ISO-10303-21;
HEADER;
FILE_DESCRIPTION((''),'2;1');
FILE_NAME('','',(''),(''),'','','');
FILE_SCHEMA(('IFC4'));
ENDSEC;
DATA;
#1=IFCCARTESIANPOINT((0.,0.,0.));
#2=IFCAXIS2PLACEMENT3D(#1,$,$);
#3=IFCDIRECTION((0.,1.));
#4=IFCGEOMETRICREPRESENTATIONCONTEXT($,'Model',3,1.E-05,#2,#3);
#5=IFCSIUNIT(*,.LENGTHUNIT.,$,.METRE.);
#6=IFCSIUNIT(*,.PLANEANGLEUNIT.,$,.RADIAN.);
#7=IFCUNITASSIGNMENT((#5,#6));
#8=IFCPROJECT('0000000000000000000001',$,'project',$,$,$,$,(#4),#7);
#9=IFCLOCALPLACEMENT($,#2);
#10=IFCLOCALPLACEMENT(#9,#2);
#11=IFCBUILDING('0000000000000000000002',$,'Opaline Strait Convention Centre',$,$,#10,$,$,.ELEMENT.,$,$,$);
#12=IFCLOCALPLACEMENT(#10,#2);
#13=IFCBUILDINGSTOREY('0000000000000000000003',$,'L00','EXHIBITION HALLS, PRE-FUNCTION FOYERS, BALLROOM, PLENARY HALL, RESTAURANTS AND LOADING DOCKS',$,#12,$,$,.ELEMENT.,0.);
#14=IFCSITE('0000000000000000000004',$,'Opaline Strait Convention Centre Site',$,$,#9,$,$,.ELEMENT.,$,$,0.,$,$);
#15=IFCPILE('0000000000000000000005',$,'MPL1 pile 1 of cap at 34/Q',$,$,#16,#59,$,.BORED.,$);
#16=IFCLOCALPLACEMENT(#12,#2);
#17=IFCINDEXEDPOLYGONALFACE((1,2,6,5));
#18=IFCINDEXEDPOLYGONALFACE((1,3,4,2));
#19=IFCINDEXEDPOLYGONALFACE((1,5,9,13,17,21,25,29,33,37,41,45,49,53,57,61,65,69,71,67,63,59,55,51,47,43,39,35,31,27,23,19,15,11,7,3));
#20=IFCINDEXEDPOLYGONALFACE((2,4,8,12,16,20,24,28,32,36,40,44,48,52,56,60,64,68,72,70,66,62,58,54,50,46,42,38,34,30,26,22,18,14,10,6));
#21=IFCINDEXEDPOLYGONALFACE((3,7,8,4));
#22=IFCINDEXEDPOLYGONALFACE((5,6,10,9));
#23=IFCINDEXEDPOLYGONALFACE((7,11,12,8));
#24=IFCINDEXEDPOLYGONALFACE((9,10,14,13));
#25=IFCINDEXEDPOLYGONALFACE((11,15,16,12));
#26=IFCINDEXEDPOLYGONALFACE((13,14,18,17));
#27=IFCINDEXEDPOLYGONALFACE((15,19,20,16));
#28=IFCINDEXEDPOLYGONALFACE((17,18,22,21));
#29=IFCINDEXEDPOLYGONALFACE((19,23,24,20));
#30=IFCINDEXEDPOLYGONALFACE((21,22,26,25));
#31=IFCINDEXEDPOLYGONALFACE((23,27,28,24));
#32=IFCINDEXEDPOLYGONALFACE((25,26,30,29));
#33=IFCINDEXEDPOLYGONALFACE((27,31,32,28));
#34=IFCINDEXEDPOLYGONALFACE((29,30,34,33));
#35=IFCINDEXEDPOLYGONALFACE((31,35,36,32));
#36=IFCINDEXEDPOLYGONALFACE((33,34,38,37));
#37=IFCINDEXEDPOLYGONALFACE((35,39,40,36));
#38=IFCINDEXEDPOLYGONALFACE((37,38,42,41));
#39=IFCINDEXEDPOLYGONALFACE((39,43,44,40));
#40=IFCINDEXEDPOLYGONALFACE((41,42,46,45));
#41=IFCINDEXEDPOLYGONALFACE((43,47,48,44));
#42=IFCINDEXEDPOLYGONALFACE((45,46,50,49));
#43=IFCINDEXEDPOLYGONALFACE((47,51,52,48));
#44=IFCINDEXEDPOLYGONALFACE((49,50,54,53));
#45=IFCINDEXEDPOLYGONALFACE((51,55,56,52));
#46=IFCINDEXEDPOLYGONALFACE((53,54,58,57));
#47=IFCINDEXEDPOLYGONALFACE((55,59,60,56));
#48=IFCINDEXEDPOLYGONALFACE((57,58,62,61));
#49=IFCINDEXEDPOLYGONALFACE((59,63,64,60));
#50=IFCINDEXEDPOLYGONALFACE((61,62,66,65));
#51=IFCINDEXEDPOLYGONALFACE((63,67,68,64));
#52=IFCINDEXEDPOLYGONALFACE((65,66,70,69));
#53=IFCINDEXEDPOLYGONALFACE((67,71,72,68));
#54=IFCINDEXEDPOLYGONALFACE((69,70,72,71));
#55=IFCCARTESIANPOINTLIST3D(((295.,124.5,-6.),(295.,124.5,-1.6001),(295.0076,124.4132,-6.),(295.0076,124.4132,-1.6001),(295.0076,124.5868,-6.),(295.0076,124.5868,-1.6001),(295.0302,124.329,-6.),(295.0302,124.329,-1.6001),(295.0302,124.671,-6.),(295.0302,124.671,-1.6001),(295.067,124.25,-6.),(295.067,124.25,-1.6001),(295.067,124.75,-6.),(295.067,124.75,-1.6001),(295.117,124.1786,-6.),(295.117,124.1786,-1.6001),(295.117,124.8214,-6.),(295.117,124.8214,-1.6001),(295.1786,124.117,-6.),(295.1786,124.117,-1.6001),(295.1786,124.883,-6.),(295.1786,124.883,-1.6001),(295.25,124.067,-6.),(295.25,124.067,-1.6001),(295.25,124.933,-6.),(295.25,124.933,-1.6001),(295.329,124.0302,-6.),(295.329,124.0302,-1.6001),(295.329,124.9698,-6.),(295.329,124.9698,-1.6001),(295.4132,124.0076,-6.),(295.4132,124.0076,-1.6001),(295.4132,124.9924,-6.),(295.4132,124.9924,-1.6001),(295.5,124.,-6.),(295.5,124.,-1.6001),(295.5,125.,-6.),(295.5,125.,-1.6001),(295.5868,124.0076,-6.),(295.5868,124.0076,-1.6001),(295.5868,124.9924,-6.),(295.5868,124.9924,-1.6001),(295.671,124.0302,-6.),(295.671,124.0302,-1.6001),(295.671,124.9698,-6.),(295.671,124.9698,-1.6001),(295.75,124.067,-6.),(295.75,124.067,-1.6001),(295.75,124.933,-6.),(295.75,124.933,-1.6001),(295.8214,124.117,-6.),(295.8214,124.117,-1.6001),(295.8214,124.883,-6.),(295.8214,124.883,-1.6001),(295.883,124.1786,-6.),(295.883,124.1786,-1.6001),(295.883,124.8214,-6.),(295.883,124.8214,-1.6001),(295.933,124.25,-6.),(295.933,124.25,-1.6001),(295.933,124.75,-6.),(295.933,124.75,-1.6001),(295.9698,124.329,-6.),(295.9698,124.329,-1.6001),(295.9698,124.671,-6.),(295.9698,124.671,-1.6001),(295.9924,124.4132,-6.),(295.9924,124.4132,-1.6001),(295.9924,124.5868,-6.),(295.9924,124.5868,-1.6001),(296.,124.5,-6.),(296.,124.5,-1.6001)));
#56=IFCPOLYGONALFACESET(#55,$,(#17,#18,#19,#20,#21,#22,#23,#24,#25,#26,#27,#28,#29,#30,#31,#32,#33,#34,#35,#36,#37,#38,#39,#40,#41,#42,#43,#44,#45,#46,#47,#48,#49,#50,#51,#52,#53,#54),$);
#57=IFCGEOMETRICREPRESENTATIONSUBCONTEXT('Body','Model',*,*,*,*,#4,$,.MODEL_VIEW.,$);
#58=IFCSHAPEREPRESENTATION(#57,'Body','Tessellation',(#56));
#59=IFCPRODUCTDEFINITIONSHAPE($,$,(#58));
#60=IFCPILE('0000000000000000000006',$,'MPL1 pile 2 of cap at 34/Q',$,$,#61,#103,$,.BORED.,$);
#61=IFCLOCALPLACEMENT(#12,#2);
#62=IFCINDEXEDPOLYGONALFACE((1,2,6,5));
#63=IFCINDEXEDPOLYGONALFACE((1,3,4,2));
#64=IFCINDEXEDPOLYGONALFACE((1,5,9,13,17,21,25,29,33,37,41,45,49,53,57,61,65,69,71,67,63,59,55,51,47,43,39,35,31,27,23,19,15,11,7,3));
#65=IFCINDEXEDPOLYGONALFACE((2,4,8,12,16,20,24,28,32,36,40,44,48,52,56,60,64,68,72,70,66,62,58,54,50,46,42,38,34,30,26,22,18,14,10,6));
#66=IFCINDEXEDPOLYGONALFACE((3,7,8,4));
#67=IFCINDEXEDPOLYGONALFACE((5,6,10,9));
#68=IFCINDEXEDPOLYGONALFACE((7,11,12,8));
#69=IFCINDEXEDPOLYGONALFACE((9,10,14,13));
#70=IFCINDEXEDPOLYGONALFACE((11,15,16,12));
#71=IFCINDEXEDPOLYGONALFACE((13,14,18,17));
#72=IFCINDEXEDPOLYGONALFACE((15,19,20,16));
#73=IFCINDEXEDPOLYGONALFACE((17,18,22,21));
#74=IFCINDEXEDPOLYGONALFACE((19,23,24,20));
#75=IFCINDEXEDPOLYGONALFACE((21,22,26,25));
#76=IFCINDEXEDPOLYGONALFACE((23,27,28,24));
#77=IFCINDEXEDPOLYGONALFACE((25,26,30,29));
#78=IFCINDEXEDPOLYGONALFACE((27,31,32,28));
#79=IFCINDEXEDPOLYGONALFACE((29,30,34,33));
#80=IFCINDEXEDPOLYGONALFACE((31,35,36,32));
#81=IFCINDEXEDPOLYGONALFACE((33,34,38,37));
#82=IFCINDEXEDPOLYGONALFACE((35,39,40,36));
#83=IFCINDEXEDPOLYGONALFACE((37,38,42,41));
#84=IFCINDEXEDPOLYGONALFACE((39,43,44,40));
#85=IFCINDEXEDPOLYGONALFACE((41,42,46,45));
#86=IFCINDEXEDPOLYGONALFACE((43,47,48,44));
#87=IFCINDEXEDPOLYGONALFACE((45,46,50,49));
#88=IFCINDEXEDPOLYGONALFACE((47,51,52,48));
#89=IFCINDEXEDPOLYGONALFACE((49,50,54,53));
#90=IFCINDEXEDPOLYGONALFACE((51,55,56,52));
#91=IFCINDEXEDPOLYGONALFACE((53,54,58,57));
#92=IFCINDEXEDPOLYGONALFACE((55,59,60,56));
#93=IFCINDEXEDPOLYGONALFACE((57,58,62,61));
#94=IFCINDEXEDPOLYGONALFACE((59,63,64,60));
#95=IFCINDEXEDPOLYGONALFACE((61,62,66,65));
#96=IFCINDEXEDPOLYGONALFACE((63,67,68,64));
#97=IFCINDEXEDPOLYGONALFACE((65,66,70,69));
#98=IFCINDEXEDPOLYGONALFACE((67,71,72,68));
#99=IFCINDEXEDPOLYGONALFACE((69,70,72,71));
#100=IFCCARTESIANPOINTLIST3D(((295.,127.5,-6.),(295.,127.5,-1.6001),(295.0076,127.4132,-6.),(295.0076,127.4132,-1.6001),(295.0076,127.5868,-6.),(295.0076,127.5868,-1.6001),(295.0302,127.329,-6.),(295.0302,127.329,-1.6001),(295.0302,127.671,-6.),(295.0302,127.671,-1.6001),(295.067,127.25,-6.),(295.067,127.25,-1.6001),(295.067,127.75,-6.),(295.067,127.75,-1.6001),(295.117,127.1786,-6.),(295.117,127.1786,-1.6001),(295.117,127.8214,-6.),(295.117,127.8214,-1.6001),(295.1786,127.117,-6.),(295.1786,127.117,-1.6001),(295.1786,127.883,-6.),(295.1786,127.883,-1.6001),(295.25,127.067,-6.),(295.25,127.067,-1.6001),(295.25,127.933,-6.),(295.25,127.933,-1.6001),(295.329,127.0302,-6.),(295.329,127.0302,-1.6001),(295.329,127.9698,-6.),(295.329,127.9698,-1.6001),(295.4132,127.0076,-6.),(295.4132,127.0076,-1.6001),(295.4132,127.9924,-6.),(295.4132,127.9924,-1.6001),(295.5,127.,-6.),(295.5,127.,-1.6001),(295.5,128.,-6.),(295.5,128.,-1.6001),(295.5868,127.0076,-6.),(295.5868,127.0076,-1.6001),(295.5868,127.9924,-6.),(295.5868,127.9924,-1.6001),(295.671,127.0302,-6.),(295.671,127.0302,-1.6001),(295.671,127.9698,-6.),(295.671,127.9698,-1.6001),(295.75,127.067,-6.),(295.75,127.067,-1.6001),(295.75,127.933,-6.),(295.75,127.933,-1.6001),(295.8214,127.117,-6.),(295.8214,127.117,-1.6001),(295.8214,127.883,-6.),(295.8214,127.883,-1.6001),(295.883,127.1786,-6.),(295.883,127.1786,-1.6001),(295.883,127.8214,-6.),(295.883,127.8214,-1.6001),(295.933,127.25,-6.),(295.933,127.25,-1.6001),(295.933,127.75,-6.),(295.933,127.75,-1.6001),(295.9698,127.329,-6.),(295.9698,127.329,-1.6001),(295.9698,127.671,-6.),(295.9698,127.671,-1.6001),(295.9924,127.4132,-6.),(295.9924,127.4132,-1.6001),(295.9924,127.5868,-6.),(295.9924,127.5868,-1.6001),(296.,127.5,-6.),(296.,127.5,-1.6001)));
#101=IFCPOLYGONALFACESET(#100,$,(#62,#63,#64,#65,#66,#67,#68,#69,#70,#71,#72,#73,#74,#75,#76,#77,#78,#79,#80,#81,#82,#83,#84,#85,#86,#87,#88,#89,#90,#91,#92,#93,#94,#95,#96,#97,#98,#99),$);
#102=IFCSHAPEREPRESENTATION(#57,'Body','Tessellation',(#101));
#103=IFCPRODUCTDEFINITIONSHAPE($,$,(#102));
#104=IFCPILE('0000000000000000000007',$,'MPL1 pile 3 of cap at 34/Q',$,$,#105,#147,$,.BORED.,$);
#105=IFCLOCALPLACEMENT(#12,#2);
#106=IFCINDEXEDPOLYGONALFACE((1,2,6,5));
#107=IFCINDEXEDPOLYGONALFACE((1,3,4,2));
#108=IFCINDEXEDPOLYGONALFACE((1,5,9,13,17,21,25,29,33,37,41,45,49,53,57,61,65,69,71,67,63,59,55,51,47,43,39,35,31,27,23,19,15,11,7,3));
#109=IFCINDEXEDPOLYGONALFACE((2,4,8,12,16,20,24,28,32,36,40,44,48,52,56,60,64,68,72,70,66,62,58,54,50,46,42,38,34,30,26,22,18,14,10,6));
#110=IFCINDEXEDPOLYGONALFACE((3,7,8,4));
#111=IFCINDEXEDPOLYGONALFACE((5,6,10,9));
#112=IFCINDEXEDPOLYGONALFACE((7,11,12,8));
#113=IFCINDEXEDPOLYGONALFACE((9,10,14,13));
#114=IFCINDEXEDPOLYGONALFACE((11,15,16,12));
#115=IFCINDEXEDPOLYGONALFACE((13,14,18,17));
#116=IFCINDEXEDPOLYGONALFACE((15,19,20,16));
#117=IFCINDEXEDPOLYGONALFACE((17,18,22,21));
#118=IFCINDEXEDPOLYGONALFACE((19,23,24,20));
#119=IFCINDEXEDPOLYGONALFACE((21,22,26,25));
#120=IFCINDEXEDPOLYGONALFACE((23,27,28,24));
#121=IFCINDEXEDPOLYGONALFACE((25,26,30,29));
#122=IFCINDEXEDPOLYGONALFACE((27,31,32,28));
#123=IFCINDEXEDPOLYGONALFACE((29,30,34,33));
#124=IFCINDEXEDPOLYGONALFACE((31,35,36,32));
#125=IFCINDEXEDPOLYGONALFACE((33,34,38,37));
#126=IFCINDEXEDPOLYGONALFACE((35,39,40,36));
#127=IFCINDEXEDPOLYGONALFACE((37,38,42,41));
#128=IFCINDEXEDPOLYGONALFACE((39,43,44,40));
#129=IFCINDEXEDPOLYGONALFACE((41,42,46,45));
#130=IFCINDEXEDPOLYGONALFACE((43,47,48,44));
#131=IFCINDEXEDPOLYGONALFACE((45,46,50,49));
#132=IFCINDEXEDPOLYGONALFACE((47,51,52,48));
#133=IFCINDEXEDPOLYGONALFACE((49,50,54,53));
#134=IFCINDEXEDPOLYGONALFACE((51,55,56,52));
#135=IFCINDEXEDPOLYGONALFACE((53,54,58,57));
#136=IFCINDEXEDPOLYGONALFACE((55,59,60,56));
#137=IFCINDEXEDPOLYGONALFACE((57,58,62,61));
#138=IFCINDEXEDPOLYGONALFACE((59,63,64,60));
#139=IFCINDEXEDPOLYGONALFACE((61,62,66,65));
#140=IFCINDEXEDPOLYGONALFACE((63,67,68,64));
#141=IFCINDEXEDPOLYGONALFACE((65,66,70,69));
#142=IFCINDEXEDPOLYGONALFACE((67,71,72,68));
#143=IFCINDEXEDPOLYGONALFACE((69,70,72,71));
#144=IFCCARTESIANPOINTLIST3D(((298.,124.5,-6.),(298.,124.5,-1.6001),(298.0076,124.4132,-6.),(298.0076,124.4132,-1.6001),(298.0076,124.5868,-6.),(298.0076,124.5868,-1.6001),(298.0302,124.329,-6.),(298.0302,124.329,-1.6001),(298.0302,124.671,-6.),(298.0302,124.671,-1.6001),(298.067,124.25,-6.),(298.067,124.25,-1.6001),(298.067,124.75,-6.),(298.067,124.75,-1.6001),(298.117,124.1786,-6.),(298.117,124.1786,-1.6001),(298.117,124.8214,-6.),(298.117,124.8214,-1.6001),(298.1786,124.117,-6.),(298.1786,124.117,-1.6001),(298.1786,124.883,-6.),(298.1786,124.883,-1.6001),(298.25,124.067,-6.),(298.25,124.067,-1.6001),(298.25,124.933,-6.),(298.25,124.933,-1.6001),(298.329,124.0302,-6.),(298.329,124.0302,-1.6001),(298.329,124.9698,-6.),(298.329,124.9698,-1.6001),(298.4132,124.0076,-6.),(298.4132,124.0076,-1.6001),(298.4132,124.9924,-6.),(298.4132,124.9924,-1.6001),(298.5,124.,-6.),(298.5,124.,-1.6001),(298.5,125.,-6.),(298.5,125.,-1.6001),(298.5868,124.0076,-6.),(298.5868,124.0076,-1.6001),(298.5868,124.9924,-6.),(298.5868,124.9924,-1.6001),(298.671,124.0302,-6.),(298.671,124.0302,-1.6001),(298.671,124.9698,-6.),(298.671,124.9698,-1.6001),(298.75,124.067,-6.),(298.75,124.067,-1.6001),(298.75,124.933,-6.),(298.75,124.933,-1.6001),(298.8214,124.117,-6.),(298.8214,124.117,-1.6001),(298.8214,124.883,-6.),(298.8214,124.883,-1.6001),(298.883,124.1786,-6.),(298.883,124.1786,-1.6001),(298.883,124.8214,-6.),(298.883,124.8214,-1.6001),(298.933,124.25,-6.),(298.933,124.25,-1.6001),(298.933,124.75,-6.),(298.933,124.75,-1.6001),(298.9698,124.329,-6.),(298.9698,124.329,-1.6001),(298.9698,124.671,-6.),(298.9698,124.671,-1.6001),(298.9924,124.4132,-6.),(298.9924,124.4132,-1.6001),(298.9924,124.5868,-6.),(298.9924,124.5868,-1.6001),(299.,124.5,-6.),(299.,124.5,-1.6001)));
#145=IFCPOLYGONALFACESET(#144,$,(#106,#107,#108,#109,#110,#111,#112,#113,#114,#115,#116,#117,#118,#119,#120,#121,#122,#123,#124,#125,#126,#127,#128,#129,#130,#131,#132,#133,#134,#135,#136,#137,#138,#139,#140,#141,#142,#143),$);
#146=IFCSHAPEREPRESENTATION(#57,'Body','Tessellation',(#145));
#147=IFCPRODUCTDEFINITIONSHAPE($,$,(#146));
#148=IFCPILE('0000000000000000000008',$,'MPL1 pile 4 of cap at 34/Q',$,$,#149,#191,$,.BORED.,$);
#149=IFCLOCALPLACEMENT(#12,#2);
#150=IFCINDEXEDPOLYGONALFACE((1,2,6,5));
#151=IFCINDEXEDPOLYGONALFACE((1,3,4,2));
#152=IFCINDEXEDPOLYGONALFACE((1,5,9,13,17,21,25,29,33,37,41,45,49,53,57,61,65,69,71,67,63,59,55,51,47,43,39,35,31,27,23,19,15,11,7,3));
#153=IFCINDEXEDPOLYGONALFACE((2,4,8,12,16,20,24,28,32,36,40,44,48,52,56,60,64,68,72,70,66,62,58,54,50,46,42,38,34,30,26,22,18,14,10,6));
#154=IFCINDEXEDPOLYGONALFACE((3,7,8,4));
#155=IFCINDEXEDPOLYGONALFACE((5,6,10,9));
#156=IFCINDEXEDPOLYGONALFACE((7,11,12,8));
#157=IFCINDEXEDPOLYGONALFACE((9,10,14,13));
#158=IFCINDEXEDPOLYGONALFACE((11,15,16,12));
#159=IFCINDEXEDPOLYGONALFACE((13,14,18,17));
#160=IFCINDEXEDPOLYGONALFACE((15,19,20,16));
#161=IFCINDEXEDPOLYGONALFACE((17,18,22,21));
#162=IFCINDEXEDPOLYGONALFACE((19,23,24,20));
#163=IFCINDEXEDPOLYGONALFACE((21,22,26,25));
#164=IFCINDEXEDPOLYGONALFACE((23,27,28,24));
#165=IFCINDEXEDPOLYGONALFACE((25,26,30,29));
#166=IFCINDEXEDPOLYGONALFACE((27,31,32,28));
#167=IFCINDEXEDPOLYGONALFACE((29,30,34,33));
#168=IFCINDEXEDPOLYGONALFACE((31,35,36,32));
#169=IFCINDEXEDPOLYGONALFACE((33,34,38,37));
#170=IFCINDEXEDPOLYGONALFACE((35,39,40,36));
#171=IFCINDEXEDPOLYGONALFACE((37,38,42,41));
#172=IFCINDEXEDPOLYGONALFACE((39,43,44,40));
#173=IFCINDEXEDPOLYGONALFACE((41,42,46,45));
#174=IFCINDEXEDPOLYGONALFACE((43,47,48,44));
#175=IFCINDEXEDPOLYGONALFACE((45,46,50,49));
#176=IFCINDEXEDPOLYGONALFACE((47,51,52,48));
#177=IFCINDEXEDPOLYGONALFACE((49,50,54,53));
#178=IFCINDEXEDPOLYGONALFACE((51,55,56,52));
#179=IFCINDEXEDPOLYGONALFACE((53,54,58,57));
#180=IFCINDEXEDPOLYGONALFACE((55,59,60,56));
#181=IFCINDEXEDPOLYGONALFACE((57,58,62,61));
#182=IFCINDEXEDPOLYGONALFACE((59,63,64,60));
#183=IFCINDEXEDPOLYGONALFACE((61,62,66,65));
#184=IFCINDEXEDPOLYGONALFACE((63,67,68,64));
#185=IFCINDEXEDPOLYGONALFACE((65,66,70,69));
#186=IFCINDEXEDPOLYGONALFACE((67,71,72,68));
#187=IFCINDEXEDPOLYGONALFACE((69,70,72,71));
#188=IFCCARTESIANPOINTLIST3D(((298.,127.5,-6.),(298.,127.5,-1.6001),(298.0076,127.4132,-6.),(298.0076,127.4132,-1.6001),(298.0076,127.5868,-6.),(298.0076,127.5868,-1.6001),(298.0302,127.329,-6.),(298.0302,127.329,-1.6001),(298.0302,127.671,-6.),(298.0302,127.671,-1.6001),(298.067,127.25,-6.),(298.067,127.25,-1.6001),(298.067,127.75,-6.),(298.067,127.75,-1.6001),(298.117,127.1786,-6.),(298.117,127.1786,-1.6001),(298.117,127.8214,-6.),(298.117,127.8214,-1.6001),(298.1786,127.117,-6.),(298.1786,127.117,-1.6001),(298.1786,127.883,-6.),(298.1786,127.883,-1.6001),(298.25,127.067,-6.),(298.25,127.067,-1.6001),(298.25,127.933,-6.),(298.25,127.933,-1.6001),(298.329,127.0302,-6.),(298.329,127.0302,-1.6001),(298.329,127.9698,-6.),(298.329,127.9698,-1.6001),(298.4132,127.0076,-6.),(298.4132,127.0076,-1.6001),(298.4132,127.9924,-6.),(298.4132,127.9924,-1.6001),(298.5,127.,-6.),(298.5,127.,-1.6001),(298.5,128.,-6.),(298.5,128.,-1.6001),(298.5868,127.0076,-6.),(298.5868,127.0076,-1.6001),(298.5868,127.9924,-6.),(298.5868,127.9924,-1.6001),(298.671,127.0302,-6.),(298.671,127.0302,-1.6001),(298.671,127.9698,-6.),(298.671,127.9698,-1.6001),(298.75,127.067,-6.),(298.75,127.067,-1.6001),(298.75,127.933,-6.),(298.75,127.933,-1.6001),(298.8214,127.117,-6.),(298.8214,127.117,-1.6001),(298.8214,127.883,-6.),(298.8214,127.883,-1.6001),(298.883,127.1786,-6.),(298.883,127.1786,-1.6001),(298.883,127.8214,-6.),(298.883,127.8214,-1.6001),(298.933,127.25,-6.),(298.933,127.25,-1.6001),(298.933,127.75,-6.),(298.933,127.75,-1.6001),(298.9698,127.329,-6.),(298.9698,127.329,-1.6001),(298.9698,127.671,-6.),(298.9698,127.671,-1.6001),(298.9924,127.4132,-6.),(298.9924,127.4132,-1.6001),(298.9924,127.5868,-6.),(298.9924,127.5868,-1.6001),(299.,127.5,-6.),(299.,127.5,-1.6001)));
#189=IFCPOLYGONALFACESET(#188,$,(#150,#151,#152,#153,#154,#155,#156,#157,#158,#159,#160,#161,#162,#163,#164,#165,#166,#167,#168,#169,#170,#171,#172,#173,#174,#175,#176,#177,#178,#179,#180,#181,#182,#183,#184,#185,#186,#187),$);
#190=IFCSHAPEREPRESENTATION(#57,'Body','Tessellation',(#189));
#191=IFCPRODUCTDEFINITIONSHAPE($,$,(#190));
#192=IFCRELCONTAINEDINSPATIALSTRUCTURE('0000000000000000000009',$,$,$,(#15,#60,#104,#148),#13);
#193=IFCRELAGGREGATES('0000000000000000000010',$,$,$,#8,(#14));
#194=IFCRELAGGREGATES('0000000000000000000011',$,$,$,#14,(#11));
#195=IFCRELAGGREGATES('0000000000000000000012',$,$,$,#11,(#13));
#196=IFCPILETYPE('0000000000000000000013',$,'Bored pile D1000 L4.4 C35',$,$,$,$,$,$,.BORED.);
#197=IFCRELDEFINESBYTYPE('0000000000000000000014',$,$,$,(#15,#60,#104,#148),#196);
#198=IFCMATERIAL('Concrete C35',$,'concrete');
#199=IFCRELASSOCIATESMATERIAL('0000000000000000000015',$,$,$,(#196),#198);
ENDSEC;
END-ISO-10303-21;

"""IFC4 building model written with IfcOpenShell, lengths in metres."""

from ifc_helpers import new_model, si_unit, direction, frame, origin, origin_2d, place, context, subcontext, project, spatial, circle, extrude, material, material_profile, profile_set, type_object, element, save


model = new_model("IFC4")

# Units and contexts
model_context = context("Model", 3, precision=1e-05, world=origin(), true_north=direction((0.0, 1.0)))
body_context = subcontext(model_context, "Body", "Model", "MODEL_VIEW")
ifc_project = project(units=[si_unit("LENGTHUNIT", "METRE"), si_unit("PLANEANGLEUNIT", "RADIAN")], contexts=[model_context])

# Site, building, storey
site_placement = place(None, origin())
site = spatial("IfcSite", under=ifc_project, at=site_placement, Name="Opaline Strait Convention Centre Site", CompositionType="ELEMENT", RefElevation=0.0)
building_placement = place(site_placement, origin())
building = spatial("IfcBuilding", under=site, at=building_placement, Name="Opaline Strait Convention Centre", CompositionType="ELEMENT")
storey_placement = place(building_placement, origin())
storey = spatial("IfcBuildingStorey", under=building, at=storey_placement, Name="L00", Description="EXHIBITION HALLS, PRE-FUNCTION FOYERS, BALLROOM, PLENARY HALL, RESTAURANTS AND LOADING DOCKS", CompositionType="ELEMENT", Elevation=0.0)

# Piles
ifc_material_1 = material(Name="Concrete C35", Category="concrete")
ifc_material_profile_1 = material_profile(ifc_material_1, circle(Radius=0.5, at=origin_2d()), Name="D1000")
ifc_profile_set_1 = profile_set([ifc_material_profile_1], Name="Concrete C35")
pile_type = type_object("IfcPileType", Name="Bored pile D1000 L4.4 C35", PredefinedType="BORED", material=ifc_profile_set_1)
for number, where, z_axis, x_axis, name in (
    (1, (295.5, 124.5, -1.6001), (0.0, 0.0, -1.0), (1.0, 0.0, 0.0), "MPL1 pile 1 of cap at 34/Q"),
    (2, (295.5, 127.5, -1.6001), (0.0, 0.0, -1.0), (1.0, 0.0, 0.0), "MPL1 pile 2 of cap at 34/Q"),
    (3, (298.5, 124.5, -1.6001), (0.0, 0.0, -1.0), (1.0, 0.0, 0.0), "MPL1 pile 3 of cap at 34/Q"),
    (4, (298.5, 127.5, -1.6001), (0.0, 0.0, -1.0), (1.0, 0.0, 0.0), "MPL1 pile 4 of cap at 34/Q"),
):
    element("IfcPile", number, at=place(storey_placement, frame(where, z_axis=z_axis, x_axis=x_axis)), inside=storey, type_object=pile_type, Name=name, PredefinedType="BORED", context=body_context, shape_type="SweptSolid", body=[
        extrude(circle(Radius=0.5, at=origin_2d()), origin(), (0.0, 0.0, 1.0), 4.3999),
    ])

save(model, "model.ifc")
